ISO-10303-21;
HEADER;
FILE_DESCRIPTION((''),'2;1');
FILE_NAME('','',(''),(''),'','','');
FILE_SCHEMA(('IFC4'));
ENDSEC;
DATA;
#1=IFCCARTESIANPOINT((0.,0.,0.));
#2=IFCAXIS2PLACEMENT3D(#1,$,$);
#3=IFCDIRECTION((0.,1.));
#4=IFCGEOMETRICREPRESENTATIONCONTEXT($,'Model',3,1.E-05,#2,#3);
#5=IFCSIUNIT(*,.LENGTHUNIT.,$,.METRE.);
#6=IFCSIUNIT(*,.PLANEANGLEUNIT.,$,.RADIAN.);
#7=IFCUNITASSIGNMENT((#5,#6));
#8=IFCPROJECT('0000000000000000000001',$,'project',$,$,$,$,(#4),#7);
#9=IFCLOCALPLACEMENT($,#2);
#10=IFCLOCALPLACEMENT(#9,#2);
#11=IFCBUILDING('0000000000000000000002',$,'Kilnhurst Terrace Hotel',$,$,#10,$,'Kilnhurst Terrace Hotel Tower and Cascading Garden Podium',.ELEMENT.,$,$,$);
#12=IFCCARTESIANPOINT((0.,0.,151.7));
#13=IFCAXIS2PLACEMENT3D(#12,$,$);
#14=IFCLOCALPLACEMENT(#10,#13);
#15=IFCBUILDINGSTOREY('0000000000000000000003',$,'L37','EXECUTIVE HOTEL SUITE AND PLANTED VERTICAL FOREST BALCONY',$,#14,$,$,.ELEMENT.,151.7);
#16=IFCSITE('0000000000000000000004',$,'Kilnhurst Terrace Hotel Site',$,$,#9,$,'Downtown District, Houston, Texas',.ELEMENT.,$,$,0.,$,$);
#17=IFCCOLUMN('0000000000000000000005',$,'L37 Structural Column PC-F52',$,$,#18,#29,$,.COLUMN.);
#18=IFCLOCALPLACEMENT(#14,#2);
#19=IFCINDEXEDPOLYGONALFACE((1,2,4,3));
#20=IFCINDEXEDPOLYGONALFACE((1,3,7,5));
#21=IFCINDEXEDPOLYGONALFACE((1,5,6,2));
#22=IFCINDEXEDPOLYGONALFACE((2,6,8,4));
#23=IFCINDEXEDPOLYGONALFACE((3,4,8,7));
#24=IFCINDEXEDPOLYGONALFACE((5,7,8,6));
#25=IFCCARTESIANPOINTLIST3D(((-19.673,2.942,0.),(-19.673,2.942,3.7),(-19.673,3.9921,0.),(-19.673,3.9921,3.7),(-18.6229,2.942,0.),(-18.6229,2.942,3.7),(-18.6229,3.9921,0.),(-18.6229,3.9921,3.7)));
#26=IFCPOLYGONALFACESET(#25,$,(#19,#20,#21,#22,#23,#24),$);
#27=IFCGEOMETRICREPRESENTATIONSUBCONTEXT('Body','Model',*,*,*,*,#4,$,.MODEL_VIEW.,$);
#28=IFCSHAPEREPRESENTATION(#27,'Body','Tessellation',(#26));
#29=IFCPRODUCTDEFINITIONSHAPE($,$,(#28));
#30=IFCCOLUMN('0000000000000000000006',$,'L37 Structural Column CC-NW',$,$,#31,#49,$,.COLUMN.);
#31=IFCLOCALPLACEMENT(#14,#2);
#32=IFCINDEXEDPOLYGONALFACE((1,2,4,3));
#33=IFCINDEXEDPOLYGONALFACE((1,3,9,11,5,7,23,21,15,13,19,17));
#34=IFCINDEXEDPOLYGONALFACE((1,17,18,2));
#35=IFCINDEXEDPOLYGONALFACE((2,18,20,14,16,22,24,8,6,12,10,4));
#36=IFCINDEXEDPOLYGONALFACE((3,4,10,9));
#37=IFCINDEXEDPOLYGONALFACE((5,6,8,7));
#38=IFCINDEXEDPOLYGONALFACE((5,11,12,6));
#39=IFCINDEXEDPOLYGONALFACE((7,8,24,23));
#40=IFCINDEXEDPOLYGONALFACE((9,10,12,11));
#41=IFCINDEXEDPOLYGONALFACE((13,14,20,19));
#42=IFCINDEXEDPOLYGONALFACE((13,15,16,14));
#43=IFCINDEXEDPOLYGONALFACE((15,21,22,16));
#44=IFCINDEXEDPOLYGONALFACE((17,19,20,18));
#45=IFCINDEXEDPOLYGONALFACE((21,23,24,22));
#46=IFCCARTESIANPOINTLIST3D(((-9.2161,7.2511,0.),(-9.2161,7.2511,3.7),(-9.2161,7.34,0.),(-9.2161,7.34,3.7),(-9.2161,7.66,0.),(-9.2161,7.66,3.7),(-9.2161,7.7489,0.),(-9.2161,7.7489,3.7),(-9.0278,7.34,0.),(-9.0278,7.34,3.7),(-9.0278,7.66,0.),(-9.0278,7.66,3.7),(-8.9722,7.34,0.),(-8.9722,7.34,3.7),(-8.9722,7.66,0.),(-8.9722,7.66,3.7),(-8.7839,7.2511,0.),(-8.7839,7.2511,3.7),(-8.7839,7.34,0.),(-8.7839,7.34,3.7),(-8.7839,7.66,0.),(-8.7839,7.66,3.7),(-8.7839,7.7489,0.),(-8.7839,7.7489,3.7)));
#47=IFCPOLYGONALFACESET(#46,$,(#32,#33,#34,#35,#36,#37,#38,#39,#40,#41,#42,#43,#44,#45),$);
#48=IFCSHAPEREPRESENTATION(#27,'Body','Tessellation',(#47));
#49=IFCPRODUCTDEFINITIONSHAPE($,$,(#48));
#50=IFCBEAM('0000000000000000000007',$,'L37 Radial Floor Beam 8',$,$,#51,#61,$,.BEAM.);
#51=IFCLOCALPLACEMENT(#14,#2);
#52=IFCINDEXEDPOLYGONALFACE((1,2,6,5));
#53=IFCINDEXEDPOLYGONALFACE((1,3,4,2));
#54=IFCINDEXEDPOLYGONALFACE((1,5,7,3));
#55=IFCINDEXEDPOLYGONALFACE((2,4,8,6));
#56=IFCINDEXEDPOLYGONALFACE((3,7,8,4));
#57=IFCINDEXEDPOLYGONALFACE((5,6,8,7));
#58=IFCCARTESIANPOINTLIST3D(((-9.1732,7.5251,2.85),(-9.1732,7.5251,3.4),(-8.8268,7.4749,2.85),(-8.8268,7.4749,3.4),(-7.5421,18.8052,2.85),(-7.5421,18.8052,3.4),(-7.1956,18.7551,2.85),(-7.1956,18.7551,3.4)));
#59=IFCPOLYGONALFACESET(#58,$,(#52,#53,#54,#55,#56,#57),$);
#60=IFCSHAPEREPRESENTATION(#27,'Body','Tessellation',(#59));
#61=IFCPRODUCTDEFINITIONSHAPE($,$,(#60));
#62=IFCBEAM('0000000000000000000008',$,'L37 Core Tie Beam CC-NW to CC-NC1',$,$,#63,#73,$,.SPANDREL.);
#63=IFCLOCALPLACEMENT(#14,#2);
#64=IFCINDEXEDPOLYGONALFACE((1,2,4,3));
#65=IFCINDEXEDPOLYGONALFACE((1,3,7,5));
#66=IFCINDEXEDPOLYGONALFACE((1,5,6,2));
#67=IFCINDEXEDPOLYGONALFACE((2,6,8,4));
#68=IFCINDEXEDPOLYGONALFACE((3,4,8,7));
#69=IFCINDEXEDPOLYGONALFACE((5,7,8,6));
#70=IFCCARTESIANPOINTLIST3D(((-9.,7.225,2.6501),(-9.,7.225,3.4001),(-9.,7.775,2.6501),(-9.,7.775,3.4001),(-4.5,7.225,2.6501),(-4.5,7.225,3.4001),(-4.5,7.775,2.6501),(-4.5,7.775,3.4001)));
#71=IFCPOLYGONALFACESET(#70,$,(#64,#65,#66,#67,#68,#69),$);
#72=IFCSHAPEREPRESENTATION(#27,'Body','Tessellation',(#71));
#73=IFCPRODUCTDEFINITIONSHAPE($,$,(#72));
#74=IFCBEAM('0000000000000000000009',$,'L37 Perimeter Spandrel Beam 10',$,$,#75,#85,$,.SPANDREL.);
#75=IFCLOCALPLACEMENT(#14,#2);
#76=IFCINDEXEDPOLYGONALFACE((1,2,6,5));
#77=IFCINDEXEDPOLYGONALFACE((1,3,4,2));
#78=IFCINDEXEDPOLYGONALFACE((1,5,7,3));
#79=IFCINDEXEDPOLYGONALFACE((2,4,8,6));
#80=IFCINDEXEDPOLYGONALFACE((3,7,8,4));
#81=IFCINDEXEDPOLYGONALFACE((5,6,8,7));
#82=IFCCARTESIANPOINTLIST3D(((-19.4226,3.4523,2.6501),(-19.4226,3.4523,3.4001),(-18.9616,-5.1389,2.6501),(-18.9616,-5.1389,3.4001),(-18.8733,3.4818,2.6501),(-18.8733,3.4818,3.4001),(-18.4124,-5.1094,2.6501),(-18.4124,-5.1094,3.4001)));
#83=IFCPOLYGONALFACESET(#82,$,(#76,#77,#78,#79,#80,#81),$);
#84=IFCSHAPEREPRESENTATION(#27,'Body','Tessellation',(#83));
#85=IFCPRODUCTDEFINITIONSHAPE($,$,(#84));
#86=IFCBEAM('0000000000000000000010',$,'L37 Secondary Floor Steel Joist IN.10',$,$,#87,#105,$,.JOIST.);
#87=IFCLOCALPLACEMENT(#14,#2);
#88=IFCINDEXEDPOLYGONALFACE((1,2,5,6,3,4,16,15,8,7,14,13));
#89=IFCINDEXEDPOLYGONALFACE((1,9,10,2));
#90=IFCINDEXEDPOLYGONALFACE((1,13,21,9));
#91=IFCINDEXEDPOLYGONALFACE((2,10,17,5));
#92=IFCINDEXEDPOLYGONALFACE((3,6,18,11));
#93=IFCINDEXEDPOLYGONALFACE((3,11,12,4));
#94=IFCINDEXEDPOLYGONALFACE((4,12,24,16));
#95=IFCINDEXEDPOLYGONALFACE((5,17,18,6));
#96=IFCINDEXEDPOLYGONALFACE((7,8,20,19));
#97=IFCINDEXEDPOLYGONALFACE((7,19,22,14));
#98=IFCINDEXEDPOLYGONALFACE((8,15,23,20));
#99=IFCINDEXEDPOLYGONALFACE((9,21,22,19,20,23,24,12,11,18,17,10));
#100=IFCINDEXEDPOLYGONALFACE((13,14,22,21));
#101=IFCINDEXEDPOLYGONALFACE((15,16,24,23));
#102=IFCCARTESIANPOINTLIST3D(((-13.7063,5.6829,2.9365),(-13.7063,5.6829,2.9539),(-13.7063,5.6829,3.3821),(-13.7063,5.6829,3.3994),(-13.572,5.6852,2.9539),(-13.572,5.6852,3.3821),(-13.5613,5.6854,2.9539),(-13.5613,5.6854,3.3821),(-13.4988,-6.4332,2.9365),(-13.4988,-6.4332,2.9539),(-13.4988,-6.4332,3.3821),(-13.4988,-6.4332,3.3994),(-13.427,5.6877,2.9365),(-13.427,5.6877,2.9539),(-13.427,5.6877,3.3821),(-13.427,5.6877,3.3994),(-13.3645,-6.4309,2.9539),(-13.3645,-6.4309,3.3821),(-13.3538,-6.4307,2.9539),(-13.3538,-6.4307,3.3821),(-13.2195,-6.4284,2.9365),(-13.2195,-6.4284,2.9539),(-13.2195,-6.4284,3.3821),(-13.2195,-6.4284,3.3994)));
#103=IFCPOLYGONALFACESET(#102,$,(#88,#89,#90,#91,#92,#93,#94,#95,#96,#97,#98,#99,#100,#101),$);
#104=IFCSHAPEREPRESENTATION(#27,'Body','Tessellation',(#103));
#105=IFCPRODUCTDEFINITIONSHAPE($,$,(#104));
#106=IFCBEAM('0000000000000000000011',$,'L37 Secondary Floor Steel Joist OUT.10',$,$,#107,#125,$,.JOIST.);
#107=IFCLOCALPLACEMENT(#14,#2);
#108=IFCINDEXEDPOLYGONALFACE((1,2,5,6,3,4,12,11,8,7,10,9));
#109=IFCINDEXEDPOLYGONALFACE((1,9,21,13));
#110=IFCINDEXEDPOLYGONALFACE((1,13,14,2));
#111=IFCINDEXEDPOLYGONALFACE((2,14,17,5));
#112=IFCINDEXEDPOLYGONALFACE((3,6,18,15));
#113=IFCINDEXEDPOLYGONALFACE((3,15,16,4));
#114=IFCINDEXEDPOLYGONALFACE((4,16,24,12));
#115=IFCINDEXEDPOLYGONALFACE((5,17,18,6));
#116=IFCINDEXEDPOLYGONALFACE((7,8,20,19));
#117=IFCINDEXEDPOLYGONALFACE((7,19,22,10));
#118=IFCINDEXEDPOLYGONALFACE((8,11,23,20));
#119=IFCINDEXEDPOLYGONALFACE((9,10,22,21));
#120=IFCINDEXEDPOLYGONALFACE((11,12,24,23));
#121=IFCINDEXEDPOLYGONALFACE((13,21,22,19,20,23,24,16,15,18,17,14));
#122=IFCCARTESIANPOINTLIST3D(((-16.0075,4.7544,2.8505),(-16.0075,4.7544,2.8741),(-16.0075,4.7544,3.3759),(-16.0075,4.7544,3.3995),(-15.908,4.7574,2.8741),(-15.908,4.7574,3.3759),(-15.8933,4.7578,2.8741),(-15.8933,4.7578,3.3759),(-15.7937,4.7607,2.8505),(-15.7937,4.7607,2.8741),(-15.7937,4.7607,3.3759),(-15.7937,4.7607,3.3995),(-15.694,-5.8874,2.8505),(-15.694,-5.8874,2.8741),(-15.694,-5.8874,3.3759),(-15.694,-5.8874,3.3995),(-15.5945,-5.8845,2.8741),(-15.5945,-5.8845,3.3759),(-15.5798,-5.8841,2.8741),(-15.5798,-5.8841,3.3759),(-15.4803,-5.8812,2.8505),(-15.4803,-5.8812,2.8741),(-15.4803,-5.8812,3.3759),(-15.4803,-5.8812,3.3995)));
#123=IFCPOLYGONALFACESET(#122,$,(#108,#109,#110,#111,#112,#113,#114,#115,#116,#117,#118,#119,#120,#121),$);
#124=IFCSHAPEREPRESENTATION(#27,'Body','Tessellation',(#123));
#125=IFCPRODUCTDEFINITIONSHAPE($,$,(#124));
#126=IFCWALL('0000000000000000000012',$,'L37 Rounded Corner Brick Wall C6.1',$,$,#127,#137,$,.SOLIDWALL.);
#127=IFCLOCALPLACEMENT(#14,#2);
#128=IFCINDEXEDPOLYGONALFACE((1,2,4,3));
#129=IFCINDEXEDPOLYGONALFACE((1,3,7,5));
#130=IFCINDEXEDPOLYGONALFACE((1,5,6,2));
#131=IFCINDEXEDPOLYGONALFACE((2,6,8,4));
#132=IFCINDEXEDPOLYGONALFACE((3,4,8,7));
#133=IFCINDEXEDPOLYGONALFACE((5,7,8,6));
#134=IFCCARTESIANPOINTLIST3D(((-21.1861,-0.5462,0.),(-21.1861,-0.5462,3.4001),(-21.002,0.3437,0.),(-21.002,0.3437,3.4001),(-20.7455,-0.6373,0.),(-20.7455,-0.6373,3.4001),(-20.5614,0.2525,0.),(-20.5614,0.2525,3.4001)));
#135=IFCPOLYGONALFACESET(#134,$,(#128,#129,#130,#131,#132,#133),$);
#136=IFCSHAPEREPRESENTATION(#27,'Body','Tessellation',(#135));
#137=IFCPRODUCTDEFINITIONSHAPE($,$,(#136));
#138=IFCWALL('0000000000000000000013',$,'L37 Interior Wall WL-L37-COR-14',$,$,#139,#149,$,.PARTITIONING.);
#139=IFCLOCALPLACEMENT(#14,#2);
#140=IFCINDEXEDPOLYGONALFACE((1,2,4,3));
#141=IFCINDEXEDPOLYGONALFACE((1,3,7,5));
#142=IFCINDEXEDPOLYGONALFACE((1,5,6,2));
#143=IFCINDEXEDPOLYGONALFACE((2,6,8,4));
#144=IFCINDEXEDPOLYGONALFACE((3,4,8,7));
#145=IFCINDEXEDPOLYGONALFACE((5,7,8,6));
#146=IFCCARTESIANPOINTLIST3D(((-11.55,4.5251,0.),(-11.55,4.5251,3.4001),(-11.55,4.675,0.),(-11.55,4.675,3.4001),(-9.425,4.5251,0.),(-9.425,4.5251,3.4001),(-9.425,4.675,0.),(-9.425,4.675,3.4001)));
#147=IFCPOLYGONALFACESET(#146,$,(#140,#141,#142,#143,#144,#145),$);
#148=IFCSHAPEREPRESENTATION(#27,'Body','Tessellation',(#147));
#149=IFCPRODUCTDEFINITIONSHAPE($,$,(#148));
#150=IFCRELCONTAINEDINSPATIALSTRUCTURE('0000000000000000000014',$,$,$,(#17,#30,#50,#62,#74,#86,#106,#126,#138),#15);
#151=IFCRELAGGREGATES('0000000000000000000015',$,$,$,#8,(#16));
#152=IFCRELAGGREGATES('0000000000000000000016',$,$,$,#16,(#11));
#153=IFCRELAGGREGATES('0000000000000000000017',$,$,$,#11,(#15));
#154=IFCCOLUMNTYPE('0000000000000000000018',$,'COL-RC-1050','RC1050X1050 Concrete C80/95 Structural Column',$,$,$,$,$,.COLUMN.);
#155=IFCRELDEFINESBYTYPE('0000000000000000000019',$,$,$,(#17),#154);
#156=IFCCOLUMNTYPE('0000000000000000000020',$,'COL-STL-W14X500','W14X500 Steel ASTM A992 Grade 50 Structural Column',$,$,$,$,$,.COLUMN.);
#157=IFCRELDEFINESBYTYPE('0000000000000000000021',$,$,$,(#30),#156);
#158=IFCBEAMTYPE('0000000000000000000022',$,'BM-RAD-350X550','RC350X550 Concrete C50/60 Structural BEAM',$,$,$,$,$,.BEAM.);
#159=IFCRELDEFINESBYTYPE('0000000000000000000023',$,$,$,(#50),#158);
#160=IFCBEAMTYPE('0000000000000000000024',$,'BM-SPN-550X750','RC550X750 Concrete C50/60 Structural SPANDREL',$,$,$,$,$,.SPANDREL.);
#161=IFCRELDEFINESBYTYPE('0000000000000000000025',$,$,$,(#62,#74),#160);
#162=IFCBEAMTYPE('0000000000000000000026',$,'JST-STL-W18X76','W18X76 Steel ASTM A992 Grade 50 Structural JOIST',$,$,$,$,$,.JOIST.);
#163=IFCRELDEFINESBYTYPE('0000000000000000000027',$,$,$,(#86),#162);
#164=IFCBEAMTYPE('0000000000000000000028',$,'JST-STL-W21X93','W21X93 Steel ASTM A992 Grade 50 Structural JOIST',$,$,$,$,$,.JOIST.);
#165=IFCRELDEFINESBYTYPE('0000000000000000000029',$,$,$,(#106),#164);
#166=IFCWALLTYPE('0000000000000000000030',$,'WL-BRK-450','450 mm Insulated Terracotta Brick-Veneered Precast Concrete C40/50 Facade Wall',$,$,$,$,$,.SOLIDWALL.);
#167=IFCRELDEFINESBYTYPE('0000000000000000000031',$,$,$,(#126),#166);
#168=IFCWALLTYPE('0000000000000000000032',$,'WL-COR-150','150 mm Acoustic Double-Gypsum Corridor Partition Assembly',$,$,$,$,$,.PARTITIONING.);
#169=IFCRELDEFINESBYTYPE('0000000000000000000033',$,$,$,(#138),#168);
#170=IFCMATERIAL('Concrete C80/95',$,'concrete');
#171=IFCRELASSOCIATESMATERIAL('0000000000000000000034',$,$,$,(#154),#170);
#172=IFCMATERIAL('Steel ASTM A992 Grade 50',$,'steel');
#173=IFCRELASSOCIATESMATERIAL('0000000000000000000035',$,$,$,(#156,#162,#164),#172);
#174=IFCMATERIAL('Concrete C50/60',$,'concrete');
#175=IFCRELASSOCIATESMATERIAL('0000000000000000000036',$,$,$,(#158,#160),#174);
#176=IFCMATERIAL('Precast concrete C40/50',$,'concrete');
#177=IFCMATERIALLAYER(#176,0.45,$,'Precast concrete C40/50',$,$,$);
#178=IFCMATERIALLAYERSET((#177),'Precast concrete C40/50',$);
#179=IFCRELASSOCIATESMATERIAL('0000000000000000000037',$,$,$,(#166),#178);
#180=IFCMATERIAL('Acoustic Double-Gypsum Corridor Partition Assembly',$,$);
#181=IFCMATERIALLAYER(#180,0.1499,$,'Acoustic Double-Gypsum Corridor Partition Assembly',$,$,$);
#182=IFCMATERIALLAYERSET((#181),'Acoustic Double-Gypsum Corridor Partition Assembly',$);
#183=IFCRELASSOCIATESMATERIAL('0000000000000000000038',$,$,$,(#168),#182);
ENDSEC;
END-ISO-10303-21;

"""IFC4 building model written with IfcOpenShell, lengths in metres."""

from ifc_helpers import new_model, si_unit, direction, frame, frame_2d, origin, origin_2d, place, context, subcontext, project, spatial, rectangle, i_section, extrude, material, layer, layer_set, material_profile, profile_set, type_object, element, save


model = new_model("IFC4")

# Units and contexts
model_context = context("Model", 3, precision=1e-05, world=origin(), true_north=direction((0.0, 1.0)))
body_context = subcontext(model_context, "Body", "Model", "MODEL_VIEW")
ifc_project = project(units=[si_unit("LENGTHUNIT", "METRE"), si_unit("PLANEANGLEUNIT", "RADIAN")], contexts=[model_context])

# Site, building, storey
site_placement = place(None, origin())
site = spatial("IfcSite", under=ifc_project, at=site_placement, Name="Kilnhurst Terrace Hotel Site", LongName="Downtown District, Houston, Texas", CompositionType="ELEMENT", RefElevation=0.0)
building_placement = place(site_placement, origin())
building = spatial("IfcBuilding", under=site, at=building_placement, Name="Kilnhurst Terrace Hotel", LongName="Kilnhurst Terrace Hotel Tower and Cascading Garden Podium", CompositionType="ELEMENT")
storey_placement = place(building_placement, frame((0.0, 0.0, 151.7)))
storey = spatial("IfcBuildingStorey", under=building, at=storey_placement, Name="L37", Description="EXECUTIVE HOTEL SUITE AND PLANTED VERTICAL FOREST BALCONY", CompositionType="ELEMENT", Elevation=151.7)

# Columns
ifc_material_1 = material(Name="Concrete C80/95", Category="concrete")
ifc_material_profile_1 = material_profile(ifc_material_1, rectangle(XDim=1.05, YDim=1.05, at=origin_2d()), Name="RC1050X1050")
ifc_profile_set_1 = profile_set([ifc_material_profile_1], Name="Concrete C80/95")
column_type_1 = type_object("IfcColumnType", Name="COL-RC-1050", Description="RC1050X1050 Concrete C80/95 Structural Column", PredefinedType="COLUMN", material=ifc_profile_set_1)
column_1_placement = place(storey_placement, frame((-19.1479, 3.467, 0.0), z_axis=(0.0, 0.0, 1.0), x_axis=(1.0, 0.0, 0.0)))
element("IfcColumn", 1, at=column_1_placement, inside=storey, type_object=column_type_1, Name="L37 Structural Column PC-F52", PredefinedType="COLUMN", context=body_context, shape_type="SweptSolid", body=[
    extrude(rectangle(XDim=1.05, YDim=1.05, at=origin_2d()), origin(), (0.0, 0.0, 1.0), 3.7),
])
ifc_material_2 = material(Name="Steel ASTM A992 Grade 50", Category="steel")
ifc_material_profile_2 = material_profile(ifc_material_2, i_section(OverallWidth=0.4321, OverallDepth=0.4978, WebThickness=0.0557, FlangeThickness=0.0889, at=origin_2d()), Name="W14X500")
ifc_profile_set_2 = profile_set([ifc_material_profile_2], Name="Steel ASTM A992 Grade 50")
column_type_2 = type_object("IfcColumnType", Name="COL-STL-W14X500", Description="W14X500 Steel ASTM A992 Grade 50 Structural Column", PredefinedType="COLUMN", material=ifc_profile_set_2)
column_2_placement = place(storey_placement, frame((-9.0, 7.5, 0.0), z_axis=(0.0, 0.0, 1.0), x_axis=(1.0, 0.0, 0.0)))
element("IfcColumn", 2, at=column_2_placement, inside=storey, type_object=column_type_2, Name="L37 Structural Column CC-NW", PredefinedType="COLUMN", context=body_context, shape_type="SweptSolid", body=[
    extrude(i_section(OverallWidth=0.4321, OverallDepth=0.4978, WebThickness=0.0557, FlangeThickness=0.0889, at=origin_2d()), origin(), (0.0, 0.0, 1.0), 3.7),
])

# Beams
ifc_material_3 = material(Name="Concrete C50/60", Category="concrete")
ifc_material_profile_3 = material_profile(ifc_material_3, rectangle(XDim=0.3501, YDim=0.55, at=origin_2d()), Name="RC350X550")
ifc_profile_set_3 = profile_set([ifc_material_profile_3], Name="Concrete C50/60")
beam_type_1 = type_object("IfcBeamType", Name="BM-RAD-350X550", Description="RC350X550 Concrete C50/60 Structural BEAM", PredefinedType="BEAM", material=ifc_profile_set_3)
beam_1_placement = place(storey_placement, frame((-9.0, 7.5, 3.125), z_axis=(0.143113, 0.989706, 0.0), x_axis=(-0.989706, 0.143113, 0.0)))
element("IfcBeam", 3, at=beam_1_placement, inside=storey, type_object=beam_type_1, Name="L37 Radial Floor Beam 8", PredefinedType="BEAM", context=body_context, shape_type="SweptSolid", body=[
    extrude(rectangle(XDim=0.3501, YDim=0.55, at=origin_2d()), origin(), (0.0, 0.0, 1.0), 11.3975),
])
ifc_material_profile_4 = material_profile(ifc_material_3, rectangle(XDim=0.55, YDim=0.75, at=origin_2d()), Name="RC550X750")
ifc_profile_set_4 = profile_set([ifc_material_profile_4], Name="Concrete C50/60")
beam_type_2 = type_object("IfcBeamType", Name="BM-SPN-550X750", Description="RC550X750 Concrete C50/60 Structural SPANDREL", PredefinedType="SPANDREL", material=ifc_profile_set_4)
beam_2_placement = place(storey_placement, frame((-9.0, 7.5, 3.0251), z_axis=(1.0, 0.0, 0.0), x_axis=(0.0, 1.0, 0.0)))
element("IfcBeam", 4, at=beam_2_placement, inside=storey, type_object=beam_type_2, Name="L37 Core Tie Beam CC-NW to CC-NC1", PredefinedType="SPANDREL", context=body_context, shape_type="SweptSolid", body=[
    extrude(rectangle(XDim=0.55, YDim=0.75, at=origin_2d()), origin(), (0.0, 0.0, 1.0), 4.5),
])
beam_3_placement = place(storey_placement, frame((-19.1479, 3.467, 3.0251), z_axis=(0.053576, -0.998564, 0.0), x_axis=(0.998564, 0.053576, 0.0)))
element("IfcBeam", 5, at=beam_3_placement, inside=storey, type_object=beam_type_2, Name="L37 Perimeter Spandrel Beam 10", PredefinedType="SPANDREL", context=body_context, shape_type="SweptSolid", body=[
    extrude(rectangle(XDim=0.55, YDim=0.75, at=origin_2d()), origin(), (0.0, 0.0, 1.0), 8.6035),
])
ifc_material_profile_5 = material_profile(ifc_material_2, i_section(OverallWidth=0.2793, OverallDepth=0.4629, WebThickness=0.0107, FlangeThickness=0.0173, at=origin_2d()), Name="W18X76")
ifc_profile_set_5 = profile_set([ifc_material_profile_5], Name="Steel ASTM A992 Grade 50")
beam_type_3 = type_object("IfcBeamType", Name="JST-STL-W18X76", Description="W18X76 Steel ASTM A992 Grade 50 Structural JOIST", PredefinedType="JOIST", material=ifc_profile_set_5)
beam_4_placement = place(storey_placement, frame((-13.5667, 5.6853, 3.168), z_axis=(0.017125, -0.999853, 0.0), x_axis=(0.999853, 0.017125, 0.0)))
element("IfcBeam", 6, at=beam_4_placement, inside=storey, type_object=beam_type_3, Name="L37 Secondary Floor Steel Joist IN.10", PredefinedType="JOIST", context=body_context, shape_type="SweptSolid", body=[
    extrude(i_section(OverallWidth=0.2793, OverallDepth=0.4629, WebThickness=0.0107, FlangeThickness=0.0173, at=origin_2d()), origin(), (0.0, 0.0, 1.0), 12.1179),
])
ifc_material_profile_6 = material_profile(ifc_material_2, i_section(OverallWidth=0.2139, OverallDepth=0.5491, WebThickness=0.0146, FlangeThickness=0.0237, at=origin_2d()), Name="W21X93")
ifc_profile_set_6 = profile_set([ifc_material_profile_6], Name="Steel ASTM A992 Grade 50")
beam_type_4 = type_object("IfcBeamType", Name="JST-STL-W21X93", Description="W21X93 Steel ASTM A992 Grade 50 Structural JOIST", PredefinedType="JOIST", material=ifc_profile_set_6)
beam_5_placement = place(storey_placement, frame((-15.9006, 4.7576, 3.125), z_axis=(0.029444, -0.999566, 0.0), x_axis=(0.999566, 0.029444, 0.0)))
element("IfcBeam", 7, at=beam_5_placement, inside=storey, type_object=beam_type_4, Name="L37 Secondary Floor Steel Joist OUT.10", PredefinedType="JOIST", context=body_context, shape_type="SweptSolid", body=[
    extrude(i_section(OverallWidth=0.2139, OverallDepth=0.5491, WebThickness=0.0146, FlangeThickness=0.0237, at=origin_2d()), origin(), (0.0, 0.0, 1.0), 10.6465),
])

# Walls
ifc_material_4 = material(Name="Precast concrete C40/50", Category="concrete")
ifc_layer_1 = layer(ifc_material_4, 0.45, Name="Precast concrete C40/50")
ifc_layer_set_1 = layer_set([ifc_layer_1], Name="Precast concrete C40/50")
wall_type_1 = type_object("IfcWallType", Name="WL-BRK-450", Description="450 mm Insulated Terracotta Brick-Veneered Precast Concrete C40/50 Facade Wall", PredefinedType="SOLIDWALL", material=ifc_layer_set_1)
wall_1_placement = place(storey_placement, frame((-20.7817, 0.2981, 0.0), z_axis=(0.0, 0.0, 1.0), x_axis=(-0.20257, -0.979268, 0.0)))
element("IfcWall", 8, at=wall_1_placement, inside=storey, type_object=wall_type_1, Name="L37 Rounded Corner Brick Wall C6.1", PredefinedType="SOLIDWALL", context=body_context, shape_type="SweptSolid", body=[
    extrude(rectangle(XDim=0.9087, YDim=0.45, at=frame_2d((0.4543, 0.0))), origin(), (0.0, 0.0, 1.0), 3.4001),
])
ifc_material_5 = material(Name="Acoustic Double-Gypsum Corridor Partition Assembly")
ifc_layer_2 = layer(ifc_material_5, 0.1499, Name="Acoustic Double-Gypsum Corridor Partition Assembly")
ifc_layer_set_2 = layer_set([ifc_layer_2], Name="Acoustic Double-Gypsum Corridor Partition Assembly")
wall_type_2 = type_object("IfcWallType", Name="WL-COR-150", Description="150 mm Acoustic Double-Gypsum Corridor Partition Assembly", PredefinedType="PARTITIONING", material=ifc_layer_set_2)
wall_2_placement = place(storey_placement, frame((-11.55, 4.6001, 0.0), z_axis=(0.0, 0.0, 1.0), x_axis=(1.0, 0.0, 0.0)))
element("IfcWall", 9, at=wall_2_placement, inside=storey, type_object=wall_type_2, Name="L37 Interior Wall WL-L37-COR-14", PredefinedType="PARTITIONING", context=body_context, shape_type="SweptSolid", body=[
    extrude(rectangle(XDim=2.125, YDim=0.1499, at=frame_2d((1.0625, 0.0))), origin(), (0.0, 0.0, 1.0), 3.4001),
])

save(model, "model.ifc")
